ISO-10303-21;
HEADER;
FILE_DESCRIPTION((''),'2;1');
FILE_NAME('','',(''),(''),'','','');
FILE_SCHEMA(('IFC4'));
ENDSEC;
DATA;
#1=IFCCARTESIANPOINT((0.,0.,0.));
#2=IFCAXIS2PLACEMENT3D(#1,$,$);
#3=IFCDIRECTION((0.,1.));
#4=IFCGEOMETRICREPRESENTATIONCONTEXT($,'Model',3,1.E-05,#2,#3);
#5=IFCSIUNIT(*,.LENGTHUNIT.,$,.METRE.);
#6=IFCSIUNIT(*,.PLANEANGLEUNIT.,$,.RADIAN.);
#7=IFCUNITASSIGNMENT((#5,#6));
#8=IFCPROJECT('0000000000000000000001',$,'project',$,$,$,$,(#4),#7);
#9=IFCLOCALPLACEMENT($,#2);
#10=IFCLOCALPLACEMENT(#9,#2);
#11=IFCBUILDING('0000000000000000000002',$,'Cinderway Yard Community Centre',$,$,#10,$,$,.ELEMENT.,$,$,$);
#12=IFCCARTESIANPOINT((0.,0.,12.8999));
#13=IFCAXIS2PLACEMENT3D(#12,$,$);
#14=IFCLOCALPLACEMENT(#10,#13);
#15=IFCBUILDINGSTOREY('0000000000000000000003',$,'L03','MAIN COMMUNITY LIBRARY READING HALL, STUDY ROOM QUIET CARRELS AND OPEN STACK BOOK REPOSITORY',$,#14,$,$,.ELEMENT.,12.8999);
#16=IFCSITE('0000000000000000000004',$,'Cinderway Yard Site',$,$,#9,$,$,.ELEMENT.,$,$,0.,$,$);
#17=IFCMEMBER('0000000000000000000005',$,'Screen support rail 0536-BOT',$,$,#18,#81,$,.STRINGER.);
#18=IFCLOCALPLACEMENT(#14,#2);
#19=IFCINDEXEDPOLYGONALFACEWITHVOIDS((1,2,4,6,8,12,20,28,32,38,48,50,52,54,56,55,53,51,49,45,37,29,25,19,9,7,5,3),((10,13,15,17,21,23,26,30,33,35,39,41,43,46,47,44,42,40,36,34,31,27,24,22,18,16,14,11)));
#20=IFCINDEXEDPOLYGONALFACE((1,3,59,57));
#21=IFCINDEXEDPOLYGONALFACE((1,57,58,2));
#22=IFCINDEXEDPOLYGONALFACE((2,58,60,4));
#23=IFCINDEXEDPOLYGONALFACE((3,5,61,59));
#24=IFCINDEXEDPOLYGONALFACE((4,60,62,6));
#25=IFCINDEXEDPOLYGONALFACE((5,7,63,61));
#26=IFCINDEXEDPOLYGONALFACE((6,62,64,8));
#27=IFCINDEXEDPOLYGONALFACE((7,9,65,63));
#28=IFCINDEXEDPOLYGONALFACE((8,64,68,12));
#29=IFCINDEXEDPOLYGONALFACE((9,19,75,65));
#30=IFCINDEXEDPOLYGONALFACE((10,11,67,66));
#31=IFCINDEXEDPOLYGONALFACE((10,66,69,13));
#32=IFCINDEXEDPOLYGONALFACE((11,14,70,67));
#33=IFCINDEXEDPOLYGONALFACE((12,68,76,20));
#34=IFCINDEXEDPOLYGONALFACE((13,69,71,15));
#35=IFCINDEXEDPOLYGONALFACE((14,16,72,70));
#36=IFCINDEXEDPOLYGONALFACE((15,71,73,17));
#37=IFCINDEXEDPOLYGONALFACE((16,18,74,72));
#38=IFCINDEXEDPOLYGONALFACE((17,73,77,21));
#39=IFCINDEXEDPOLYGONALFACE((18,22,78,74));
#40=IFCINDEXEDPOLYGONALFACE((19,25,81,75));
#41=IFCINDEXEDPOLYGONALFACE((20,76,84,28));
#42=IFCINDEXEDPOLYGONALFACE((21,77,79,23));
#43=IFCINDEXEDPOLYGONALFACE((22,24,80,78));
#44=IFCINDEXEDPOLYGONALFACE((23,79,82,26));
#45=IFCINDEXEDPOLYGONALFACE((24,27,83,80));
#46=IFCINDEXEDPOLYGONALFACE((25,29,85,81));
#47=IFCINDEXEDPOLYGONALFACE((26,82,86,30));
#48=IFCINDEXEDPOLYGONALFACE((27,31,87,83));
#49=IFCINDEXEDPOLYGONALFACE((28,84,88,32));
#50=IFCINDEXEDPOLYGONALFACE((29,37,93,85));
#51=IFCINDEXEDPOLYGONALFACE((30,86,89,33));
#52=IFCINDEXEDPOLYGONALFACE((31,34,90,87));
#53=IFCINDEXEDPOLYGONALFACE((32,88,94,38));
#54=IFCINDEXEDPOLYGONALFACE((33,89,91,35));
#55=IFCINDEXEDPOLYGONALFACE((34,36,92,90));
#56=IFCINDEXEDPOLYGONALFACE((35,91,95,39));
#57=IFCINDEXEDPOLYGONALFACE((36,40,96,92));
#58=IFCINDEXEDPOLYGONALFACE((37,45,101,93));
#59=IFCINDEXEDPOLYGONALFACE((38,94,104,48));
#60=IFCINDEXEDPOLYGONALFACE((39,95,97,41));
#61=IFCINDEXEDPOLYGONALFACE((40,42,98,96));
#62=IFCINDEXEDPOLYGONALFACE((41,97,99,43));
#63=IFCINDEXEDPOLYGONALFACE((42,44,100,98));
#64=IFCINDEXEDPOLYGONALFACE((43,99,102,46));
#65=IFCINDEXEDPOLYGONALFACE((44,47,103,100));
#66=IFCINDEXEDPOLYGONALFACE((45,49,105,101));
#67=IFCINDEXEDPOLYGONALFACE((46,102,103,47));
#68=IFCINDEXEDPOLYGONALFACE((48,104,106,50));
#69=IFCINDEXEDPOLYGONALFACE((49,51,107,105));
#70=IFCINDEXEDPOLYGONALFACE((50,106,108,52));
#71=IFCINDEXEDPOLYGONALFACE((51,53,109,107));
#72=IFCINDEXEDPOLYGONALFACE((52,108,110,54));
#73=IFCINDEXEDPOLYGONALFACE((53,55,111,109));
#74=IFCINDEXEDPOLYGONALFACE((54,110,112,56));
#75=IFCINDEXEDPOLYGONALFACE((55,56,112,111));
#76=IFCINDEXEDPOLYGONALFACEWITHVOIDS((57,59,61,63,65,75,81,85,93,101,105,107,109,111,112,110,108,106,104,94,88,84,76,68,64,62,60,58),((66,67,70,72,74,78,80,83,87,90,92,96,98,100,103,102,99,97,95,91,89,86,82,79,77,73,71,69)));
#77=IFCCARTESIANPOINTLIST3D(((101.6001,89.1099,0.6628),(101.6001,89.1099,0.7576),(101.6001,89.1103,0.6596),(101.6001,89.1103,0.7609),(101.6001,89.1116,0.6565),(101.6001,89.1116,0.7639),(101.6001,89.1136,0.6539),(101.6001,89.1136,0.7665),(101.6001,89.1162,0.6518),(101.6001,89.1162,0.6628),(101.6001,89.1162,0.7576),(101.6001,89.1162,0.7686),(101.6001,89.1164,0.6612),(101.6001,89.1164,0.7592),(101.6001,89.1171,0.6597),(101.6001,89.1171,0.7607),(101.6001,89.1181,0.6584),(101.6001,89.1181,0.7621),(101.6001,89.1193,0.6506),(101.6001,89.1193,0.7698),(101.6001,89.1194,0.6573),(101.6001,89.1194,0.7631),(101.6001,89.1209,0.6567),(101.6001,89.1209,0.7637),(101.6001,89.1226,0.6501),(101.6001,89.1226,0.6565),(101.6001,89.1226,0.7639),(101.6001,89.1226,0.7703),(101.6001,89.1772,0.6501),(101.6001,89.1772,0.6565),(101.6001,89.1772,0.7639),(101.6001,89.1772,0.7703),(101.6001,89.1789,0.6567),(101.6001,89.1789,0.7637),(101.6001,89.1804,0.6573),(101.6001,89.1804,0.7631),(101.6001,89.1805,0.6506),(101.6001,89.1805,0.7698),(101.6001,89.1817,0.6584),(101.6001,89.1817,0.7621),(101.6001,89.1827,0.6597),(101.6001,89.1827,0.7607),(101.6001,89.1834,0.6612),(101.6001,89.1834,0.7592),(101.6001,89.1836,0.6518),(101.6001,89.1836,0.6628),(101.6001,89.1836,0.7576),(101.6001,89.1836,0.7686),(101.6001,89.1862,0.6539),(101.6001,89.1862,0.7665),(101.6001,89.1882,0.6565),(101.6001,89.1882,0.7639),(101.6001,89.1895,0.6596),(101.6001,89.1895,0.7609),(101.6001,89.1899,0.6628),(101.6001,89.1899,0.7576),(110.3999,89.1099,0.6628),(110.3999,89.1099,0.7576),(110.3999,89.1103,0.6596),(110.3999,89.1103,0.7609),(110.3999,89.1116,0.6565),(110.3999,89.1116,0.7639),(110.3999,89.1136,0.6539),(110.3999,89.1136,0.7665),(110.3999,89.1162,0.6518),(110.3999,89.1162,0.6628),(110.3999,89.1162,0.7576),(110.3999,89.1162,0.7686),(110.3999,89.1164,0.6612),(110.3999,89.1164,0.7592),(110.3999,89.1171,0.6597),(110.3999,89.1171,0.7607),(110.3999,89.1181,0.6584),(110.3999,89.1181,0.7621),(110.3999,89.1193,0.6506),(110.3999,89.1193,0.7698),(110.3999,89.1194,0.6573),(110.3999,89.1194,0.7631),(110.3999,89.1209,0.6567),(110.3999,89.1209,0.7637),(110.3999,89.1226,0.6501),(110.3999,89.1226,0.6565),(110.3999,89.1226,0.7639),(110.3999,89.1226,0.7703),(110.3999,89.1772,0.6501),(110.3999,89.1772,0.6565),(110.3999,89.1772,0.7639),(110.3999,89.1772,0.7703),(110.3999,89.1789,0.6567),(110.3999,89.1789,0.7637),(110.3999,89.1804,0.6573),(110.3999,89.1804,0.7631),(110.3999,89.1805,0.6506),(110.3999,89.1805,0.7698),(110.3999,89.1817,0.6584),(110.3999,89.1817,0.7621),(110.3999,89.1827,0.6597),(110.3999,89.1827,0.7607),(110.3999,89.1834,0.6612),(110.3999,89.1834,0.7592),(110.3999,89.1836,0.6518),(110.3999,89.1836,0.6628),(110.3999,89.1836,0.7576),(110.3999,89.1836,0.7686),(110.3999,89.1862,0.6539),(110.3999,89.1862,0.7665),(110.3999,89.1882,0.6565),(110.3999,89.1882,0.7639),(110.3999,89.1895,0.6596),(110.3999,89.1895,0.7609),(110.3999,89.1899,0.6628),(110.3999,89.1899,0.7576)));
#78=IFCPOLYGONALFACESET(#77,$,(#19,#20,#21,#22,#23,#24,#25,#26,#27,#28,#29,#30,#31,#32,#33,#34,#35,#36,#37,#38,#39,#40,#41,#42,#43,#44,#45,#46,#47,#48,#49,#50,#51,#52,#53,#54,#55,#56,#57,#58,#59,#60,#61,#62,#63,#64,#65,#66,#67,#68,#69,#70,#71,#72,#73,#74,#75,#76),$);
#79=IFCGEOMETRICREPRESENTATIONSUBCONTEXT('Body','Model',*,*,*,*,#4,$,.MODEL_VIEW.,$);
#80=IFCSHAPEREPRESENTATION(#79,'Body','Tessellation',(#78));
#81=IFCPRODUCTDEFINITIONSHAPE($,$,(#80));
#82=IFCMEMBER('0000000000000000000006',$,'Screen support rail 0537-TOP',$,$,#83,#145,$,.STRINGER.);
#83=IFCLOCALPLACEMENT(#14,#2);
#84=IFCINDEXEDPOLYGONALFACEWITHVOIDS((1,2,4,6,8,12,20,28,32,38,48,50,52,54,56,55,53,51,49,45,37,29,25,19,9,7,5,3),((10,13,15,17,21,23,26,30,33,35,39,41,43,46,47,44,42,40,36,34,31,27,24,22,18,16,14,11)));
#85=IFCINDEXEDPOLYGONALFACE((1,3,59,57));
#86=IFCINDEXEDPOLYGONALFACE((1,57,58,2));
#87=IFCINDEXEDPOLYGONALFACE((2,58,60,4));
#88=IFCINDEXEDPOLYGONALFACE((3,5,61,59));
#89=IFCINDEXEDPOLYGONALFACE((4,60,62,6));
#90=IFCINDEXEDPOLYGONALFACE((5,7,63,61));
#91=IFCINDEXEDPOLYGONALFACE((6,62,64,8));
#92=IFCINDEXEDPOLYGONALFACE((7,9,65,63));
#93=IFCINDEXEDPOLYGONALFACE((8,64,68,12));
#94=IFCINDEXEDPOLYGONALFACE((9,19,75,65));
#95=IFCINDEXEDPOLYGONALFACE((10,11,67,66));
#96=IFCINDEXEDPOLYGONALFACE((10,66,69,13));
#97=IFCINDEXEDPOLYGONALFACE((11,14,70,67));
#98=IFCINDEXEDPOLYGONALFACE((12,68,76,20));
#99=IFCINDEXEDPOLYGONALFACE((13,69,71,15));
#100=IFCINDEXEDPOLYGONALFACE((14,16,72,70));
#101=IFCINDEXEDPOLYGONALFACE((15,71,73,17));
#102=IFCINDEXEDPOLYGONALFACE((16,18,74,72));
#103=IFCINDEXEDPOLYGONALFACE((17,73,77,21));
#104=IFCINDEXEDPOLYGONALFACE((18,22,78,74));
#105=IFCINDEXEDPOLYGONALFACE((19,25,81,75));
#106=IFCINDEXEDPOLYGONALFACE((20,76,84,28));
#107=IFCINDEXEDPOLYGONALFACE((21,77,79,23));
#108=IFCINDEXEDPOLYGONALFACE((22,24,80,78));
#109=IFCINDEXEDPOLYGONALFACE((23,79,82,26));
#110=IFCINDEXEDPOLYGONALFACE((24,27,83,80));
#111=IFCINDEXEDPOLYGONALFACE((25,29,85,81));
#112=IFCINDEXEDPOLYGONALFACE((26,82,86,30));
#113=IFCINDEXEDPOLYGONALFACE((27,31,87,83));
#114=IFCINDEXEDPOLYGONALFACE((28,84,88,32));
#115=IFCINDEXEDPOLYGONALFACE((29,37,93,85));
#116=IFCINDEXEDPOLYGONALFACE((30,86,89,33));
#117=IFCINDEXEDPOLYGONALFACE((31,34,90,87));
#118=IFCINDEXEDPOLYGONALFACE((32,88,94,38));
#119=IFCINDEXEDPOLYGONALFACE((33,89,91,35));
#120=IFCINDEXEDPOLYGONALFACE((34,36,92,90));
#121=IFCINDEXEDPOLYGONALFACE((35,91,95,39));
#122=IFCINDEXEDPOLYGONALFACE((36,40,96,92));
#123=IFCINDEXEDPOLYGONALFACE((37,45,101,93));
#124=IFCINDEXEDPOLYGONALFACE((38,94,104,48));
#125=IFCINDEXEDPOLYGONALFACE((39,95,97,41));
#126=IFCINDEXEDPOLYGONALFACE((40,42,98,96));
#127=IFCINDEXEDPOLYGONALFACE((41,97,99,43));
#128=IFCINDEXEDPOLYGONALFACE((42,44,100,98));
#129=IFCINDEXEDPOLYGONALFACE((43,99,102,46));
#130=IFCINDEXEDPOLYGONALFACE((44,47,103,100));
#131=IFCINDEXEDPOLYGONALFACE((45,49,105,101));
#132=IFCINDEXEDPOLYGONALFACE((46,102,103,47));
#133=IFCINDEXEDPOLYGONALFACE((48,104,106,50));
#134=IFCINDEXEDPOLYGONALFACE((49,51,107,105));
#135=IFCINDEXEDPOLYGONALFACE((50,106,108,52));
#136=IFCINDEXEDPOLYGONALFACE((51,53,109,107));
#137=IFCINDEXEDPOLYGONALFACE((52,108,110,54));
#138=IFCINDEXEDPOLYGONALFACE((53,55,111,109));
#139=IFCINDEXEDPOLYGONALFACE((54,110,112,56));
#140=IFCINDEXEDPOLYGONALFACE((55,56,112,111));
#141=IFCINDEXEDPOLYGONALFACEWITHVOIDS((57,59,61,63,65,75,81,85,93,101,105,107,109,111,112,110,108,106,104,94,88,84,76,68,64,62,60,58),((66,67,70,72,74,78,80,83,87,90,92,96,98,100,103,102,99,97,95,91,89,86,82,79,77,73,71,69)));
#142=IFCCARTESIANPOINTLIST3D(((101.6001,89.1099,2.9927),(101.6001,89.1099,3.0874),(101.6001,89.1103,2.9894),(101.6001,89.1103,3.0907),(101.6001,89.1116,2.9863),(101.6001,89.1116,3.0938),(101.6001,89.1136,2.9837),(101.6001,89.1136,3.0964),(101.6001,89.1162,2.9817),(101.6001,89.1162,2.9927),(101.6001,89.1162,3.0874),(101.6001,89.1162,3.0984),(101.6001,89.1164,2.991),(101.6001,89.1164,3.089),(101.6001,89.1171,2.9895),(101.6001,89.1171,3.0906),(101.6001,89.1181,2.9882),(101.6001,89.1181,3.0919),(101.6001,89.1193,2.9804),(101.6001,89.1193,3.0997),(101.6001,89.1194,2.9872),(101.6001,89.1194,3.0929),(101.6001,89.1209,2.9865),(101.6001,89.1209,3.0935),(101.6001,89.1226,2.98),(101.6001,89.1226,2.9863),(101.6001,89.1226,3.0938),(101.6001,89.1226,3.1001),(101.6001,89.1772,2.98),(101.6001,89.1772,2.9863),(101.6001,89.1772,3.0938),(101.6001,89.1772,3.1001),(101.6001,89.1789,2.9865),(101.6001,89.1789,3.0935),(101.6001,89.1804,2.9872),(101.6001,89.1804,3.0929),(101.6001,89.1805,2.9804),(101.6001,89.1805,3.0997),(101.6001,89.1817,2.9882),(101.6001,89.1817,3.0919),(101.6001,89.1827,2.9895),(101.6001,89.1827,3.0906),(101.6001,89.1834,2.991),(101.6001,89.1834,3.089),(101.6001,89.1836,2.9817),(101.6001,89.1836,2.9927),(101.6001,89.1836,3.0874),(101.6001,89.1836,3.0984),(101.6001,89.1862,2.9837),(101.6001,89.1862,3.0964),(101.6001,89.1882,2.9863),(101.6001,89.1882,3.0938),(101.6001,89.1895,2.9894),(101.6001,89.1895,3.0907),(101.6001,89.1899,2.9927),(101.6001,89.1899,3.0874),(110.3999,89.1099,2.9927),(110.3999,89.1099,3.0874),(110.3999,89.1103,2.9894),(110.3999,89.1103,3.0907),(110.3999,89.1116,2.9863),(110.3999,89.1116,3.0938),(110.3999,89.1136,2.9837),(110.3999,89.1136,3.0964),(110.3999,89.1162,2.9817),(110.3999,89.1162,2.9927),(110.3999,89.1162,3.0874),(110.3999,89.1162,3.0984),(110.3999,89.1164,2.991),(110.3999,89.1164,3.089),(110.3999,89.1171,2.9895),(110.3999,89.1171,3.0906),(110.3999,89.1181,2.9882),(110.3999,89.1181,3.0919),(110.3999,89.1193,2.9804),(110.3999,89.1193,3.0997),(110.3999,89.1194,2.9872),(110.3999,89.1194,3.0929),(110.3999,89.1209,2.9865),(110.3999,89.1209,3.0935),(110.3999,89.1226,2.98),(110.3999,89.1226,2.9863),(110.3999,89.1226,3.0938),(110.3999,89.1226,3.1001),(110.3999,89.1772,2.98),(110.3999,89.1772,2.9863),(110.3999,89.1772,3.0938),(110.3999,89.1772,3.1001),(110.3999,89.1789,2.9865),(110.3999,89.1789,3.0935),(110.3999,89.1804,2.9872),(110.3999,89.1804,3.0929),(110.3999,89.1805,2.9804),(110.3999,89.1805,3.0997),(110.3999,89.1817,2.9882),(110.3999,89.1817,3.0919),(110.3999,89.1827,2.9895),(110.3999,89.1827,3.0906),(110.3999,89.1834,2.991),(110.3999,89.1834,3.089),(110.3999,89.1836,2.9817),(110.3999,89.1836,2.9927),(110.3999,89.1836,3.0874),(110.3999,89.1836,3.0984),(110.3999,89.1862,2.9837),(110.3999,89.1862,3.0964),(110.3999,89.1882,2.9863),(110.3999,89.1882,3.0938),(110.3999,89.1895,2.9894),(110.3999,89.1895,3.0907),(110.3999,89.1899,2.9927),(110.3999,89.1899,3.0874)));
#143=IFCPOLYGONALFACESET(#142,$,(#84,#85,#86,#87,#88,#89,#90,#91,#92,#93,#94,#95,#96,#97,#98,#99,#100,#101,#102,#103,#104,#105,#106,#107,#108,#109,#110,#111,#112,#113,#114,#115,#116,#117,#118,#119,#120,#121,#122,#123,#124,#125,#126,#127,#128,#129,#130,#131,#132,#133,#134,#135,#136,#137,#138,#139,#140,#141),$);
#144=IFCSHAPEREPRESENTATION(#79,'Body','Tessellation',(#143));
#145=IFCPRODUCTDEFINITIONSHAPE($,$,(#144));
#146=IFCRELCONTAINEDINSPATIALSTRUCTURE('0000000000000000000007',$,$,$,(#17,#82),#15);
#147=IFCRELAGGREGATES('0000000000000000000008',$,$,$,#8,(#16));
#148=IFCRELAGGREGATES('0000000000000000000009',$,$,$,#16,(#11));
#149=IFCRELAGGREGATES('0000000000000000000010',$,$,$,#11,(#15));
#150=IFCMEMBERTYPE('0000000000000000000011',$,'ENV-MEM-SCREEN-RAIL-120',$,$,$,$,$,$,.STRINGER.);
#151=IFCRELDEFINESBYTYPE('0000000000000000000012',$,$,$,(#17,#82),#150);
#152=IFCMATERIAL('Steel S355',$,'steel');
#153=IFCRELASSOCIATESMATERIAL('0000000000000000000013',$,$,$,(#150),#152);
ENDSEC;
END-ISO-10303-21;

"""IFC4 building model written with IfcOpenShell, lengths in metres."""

from ifc_helpers import new_model, si_unit, direction, frame, origin, origin_2d, place, context, subcontext, project, spatial, hollow_rectangle, extrude, material, material_profile, profile_set, type_object, element, save


model = new_model("IFC4")

# Units and contexts
model_context = context("Model", 3, precision=1e-05, world=origin(), true_north=direction((0.0, 1.0)))
body_context = subcontext(model_context, "Body", "Model", "MODEL_VIEW")
ifc_project = project(units=[si_unit("LENGTHUNIT", "METRE"), si_unit("PLANEANGLEUNIT", "RADIAN")], contexts=[model_context])

# Site, building, storey
site_placement = place(None, origin())
site = spatial("IfcSite", under=ifc_project, at=site_placement, Name="Cinderway Yard Site", CompositionType="ELEMENT", RefElevation=0.0)
building_placement = place(site_placement, origin())
building = spatial("IfcBuilding", under=site, at=building_placement, Name="Cinderway Yard Community Centre", CompositionType="ELEMENT")
storey_placement = place(building_placement, frame((0.0, 0.0, 12.8999)))
storey = spatial("IfcBuildingStorey", under=building, at=storey_placement, Name="L03", Description="MAIN COMMUNITY LIBRARY READING HALL, STUDY ROOM QUIET CARRELS AND OPEN STACK BOOK REPOSITORY", CompositionType="ELEMENT", Elevation=12.8999)

# Members
ifc_material_1 = material(Name="Steel S355", Category="steel")
ifc_material_profile = material_profile(ifc_material_1, hollow_rectangle(XDim=0.0801, YDim=0.1201, WallThickness=0.0063, InnerFilletRadius=0.0063, OuterFilletRadius=0.0127, at=origin_2d()), Name="Steel S355")
ifc_profile_set = profile_set([ifc_material_profile], Name="Steel S355")
member_type = type_object("IfcMemberType", Name="ENV-MEM-SCREEN-RAIL-120", PredefinedType="STRINGER", material=ifc_profile_set)
for number, where, z_axis, x_axis, name in (
    (1, (101.6001, 89.1499, 0.7102), (1.0, 0.0, 0.0), (0.0, 1.0, 0.0), "Screen support rail 0536-BOT"),
    (2, (101.6001, 89.1499, 3.04), (1.0, 0.0, 0.0), (0.0, 1.0, 0.0), "Screen support rail 0537-TOP"),
):
    element("IfcMember", number, at=place(storey_placement, frame(where, z_axis=z_axis, x_axis=x_axis)), inside=storey, type_object=member_type, Name=name, PredefinedType="STRINGER", context=body_context, shape_type="SweptSolid", body=[
        extrude(hollow_rectangle(XDim=0.0801, YDim=0.1201, WallThickness=0.0063, InnerFilletRadius=0.0063, OuterFilletRadius=0.0127, at=origin_2d()), origin(), (0.0, 0.0, 1.0), 8.7998),
    ])

save(model, "model.ifc")
